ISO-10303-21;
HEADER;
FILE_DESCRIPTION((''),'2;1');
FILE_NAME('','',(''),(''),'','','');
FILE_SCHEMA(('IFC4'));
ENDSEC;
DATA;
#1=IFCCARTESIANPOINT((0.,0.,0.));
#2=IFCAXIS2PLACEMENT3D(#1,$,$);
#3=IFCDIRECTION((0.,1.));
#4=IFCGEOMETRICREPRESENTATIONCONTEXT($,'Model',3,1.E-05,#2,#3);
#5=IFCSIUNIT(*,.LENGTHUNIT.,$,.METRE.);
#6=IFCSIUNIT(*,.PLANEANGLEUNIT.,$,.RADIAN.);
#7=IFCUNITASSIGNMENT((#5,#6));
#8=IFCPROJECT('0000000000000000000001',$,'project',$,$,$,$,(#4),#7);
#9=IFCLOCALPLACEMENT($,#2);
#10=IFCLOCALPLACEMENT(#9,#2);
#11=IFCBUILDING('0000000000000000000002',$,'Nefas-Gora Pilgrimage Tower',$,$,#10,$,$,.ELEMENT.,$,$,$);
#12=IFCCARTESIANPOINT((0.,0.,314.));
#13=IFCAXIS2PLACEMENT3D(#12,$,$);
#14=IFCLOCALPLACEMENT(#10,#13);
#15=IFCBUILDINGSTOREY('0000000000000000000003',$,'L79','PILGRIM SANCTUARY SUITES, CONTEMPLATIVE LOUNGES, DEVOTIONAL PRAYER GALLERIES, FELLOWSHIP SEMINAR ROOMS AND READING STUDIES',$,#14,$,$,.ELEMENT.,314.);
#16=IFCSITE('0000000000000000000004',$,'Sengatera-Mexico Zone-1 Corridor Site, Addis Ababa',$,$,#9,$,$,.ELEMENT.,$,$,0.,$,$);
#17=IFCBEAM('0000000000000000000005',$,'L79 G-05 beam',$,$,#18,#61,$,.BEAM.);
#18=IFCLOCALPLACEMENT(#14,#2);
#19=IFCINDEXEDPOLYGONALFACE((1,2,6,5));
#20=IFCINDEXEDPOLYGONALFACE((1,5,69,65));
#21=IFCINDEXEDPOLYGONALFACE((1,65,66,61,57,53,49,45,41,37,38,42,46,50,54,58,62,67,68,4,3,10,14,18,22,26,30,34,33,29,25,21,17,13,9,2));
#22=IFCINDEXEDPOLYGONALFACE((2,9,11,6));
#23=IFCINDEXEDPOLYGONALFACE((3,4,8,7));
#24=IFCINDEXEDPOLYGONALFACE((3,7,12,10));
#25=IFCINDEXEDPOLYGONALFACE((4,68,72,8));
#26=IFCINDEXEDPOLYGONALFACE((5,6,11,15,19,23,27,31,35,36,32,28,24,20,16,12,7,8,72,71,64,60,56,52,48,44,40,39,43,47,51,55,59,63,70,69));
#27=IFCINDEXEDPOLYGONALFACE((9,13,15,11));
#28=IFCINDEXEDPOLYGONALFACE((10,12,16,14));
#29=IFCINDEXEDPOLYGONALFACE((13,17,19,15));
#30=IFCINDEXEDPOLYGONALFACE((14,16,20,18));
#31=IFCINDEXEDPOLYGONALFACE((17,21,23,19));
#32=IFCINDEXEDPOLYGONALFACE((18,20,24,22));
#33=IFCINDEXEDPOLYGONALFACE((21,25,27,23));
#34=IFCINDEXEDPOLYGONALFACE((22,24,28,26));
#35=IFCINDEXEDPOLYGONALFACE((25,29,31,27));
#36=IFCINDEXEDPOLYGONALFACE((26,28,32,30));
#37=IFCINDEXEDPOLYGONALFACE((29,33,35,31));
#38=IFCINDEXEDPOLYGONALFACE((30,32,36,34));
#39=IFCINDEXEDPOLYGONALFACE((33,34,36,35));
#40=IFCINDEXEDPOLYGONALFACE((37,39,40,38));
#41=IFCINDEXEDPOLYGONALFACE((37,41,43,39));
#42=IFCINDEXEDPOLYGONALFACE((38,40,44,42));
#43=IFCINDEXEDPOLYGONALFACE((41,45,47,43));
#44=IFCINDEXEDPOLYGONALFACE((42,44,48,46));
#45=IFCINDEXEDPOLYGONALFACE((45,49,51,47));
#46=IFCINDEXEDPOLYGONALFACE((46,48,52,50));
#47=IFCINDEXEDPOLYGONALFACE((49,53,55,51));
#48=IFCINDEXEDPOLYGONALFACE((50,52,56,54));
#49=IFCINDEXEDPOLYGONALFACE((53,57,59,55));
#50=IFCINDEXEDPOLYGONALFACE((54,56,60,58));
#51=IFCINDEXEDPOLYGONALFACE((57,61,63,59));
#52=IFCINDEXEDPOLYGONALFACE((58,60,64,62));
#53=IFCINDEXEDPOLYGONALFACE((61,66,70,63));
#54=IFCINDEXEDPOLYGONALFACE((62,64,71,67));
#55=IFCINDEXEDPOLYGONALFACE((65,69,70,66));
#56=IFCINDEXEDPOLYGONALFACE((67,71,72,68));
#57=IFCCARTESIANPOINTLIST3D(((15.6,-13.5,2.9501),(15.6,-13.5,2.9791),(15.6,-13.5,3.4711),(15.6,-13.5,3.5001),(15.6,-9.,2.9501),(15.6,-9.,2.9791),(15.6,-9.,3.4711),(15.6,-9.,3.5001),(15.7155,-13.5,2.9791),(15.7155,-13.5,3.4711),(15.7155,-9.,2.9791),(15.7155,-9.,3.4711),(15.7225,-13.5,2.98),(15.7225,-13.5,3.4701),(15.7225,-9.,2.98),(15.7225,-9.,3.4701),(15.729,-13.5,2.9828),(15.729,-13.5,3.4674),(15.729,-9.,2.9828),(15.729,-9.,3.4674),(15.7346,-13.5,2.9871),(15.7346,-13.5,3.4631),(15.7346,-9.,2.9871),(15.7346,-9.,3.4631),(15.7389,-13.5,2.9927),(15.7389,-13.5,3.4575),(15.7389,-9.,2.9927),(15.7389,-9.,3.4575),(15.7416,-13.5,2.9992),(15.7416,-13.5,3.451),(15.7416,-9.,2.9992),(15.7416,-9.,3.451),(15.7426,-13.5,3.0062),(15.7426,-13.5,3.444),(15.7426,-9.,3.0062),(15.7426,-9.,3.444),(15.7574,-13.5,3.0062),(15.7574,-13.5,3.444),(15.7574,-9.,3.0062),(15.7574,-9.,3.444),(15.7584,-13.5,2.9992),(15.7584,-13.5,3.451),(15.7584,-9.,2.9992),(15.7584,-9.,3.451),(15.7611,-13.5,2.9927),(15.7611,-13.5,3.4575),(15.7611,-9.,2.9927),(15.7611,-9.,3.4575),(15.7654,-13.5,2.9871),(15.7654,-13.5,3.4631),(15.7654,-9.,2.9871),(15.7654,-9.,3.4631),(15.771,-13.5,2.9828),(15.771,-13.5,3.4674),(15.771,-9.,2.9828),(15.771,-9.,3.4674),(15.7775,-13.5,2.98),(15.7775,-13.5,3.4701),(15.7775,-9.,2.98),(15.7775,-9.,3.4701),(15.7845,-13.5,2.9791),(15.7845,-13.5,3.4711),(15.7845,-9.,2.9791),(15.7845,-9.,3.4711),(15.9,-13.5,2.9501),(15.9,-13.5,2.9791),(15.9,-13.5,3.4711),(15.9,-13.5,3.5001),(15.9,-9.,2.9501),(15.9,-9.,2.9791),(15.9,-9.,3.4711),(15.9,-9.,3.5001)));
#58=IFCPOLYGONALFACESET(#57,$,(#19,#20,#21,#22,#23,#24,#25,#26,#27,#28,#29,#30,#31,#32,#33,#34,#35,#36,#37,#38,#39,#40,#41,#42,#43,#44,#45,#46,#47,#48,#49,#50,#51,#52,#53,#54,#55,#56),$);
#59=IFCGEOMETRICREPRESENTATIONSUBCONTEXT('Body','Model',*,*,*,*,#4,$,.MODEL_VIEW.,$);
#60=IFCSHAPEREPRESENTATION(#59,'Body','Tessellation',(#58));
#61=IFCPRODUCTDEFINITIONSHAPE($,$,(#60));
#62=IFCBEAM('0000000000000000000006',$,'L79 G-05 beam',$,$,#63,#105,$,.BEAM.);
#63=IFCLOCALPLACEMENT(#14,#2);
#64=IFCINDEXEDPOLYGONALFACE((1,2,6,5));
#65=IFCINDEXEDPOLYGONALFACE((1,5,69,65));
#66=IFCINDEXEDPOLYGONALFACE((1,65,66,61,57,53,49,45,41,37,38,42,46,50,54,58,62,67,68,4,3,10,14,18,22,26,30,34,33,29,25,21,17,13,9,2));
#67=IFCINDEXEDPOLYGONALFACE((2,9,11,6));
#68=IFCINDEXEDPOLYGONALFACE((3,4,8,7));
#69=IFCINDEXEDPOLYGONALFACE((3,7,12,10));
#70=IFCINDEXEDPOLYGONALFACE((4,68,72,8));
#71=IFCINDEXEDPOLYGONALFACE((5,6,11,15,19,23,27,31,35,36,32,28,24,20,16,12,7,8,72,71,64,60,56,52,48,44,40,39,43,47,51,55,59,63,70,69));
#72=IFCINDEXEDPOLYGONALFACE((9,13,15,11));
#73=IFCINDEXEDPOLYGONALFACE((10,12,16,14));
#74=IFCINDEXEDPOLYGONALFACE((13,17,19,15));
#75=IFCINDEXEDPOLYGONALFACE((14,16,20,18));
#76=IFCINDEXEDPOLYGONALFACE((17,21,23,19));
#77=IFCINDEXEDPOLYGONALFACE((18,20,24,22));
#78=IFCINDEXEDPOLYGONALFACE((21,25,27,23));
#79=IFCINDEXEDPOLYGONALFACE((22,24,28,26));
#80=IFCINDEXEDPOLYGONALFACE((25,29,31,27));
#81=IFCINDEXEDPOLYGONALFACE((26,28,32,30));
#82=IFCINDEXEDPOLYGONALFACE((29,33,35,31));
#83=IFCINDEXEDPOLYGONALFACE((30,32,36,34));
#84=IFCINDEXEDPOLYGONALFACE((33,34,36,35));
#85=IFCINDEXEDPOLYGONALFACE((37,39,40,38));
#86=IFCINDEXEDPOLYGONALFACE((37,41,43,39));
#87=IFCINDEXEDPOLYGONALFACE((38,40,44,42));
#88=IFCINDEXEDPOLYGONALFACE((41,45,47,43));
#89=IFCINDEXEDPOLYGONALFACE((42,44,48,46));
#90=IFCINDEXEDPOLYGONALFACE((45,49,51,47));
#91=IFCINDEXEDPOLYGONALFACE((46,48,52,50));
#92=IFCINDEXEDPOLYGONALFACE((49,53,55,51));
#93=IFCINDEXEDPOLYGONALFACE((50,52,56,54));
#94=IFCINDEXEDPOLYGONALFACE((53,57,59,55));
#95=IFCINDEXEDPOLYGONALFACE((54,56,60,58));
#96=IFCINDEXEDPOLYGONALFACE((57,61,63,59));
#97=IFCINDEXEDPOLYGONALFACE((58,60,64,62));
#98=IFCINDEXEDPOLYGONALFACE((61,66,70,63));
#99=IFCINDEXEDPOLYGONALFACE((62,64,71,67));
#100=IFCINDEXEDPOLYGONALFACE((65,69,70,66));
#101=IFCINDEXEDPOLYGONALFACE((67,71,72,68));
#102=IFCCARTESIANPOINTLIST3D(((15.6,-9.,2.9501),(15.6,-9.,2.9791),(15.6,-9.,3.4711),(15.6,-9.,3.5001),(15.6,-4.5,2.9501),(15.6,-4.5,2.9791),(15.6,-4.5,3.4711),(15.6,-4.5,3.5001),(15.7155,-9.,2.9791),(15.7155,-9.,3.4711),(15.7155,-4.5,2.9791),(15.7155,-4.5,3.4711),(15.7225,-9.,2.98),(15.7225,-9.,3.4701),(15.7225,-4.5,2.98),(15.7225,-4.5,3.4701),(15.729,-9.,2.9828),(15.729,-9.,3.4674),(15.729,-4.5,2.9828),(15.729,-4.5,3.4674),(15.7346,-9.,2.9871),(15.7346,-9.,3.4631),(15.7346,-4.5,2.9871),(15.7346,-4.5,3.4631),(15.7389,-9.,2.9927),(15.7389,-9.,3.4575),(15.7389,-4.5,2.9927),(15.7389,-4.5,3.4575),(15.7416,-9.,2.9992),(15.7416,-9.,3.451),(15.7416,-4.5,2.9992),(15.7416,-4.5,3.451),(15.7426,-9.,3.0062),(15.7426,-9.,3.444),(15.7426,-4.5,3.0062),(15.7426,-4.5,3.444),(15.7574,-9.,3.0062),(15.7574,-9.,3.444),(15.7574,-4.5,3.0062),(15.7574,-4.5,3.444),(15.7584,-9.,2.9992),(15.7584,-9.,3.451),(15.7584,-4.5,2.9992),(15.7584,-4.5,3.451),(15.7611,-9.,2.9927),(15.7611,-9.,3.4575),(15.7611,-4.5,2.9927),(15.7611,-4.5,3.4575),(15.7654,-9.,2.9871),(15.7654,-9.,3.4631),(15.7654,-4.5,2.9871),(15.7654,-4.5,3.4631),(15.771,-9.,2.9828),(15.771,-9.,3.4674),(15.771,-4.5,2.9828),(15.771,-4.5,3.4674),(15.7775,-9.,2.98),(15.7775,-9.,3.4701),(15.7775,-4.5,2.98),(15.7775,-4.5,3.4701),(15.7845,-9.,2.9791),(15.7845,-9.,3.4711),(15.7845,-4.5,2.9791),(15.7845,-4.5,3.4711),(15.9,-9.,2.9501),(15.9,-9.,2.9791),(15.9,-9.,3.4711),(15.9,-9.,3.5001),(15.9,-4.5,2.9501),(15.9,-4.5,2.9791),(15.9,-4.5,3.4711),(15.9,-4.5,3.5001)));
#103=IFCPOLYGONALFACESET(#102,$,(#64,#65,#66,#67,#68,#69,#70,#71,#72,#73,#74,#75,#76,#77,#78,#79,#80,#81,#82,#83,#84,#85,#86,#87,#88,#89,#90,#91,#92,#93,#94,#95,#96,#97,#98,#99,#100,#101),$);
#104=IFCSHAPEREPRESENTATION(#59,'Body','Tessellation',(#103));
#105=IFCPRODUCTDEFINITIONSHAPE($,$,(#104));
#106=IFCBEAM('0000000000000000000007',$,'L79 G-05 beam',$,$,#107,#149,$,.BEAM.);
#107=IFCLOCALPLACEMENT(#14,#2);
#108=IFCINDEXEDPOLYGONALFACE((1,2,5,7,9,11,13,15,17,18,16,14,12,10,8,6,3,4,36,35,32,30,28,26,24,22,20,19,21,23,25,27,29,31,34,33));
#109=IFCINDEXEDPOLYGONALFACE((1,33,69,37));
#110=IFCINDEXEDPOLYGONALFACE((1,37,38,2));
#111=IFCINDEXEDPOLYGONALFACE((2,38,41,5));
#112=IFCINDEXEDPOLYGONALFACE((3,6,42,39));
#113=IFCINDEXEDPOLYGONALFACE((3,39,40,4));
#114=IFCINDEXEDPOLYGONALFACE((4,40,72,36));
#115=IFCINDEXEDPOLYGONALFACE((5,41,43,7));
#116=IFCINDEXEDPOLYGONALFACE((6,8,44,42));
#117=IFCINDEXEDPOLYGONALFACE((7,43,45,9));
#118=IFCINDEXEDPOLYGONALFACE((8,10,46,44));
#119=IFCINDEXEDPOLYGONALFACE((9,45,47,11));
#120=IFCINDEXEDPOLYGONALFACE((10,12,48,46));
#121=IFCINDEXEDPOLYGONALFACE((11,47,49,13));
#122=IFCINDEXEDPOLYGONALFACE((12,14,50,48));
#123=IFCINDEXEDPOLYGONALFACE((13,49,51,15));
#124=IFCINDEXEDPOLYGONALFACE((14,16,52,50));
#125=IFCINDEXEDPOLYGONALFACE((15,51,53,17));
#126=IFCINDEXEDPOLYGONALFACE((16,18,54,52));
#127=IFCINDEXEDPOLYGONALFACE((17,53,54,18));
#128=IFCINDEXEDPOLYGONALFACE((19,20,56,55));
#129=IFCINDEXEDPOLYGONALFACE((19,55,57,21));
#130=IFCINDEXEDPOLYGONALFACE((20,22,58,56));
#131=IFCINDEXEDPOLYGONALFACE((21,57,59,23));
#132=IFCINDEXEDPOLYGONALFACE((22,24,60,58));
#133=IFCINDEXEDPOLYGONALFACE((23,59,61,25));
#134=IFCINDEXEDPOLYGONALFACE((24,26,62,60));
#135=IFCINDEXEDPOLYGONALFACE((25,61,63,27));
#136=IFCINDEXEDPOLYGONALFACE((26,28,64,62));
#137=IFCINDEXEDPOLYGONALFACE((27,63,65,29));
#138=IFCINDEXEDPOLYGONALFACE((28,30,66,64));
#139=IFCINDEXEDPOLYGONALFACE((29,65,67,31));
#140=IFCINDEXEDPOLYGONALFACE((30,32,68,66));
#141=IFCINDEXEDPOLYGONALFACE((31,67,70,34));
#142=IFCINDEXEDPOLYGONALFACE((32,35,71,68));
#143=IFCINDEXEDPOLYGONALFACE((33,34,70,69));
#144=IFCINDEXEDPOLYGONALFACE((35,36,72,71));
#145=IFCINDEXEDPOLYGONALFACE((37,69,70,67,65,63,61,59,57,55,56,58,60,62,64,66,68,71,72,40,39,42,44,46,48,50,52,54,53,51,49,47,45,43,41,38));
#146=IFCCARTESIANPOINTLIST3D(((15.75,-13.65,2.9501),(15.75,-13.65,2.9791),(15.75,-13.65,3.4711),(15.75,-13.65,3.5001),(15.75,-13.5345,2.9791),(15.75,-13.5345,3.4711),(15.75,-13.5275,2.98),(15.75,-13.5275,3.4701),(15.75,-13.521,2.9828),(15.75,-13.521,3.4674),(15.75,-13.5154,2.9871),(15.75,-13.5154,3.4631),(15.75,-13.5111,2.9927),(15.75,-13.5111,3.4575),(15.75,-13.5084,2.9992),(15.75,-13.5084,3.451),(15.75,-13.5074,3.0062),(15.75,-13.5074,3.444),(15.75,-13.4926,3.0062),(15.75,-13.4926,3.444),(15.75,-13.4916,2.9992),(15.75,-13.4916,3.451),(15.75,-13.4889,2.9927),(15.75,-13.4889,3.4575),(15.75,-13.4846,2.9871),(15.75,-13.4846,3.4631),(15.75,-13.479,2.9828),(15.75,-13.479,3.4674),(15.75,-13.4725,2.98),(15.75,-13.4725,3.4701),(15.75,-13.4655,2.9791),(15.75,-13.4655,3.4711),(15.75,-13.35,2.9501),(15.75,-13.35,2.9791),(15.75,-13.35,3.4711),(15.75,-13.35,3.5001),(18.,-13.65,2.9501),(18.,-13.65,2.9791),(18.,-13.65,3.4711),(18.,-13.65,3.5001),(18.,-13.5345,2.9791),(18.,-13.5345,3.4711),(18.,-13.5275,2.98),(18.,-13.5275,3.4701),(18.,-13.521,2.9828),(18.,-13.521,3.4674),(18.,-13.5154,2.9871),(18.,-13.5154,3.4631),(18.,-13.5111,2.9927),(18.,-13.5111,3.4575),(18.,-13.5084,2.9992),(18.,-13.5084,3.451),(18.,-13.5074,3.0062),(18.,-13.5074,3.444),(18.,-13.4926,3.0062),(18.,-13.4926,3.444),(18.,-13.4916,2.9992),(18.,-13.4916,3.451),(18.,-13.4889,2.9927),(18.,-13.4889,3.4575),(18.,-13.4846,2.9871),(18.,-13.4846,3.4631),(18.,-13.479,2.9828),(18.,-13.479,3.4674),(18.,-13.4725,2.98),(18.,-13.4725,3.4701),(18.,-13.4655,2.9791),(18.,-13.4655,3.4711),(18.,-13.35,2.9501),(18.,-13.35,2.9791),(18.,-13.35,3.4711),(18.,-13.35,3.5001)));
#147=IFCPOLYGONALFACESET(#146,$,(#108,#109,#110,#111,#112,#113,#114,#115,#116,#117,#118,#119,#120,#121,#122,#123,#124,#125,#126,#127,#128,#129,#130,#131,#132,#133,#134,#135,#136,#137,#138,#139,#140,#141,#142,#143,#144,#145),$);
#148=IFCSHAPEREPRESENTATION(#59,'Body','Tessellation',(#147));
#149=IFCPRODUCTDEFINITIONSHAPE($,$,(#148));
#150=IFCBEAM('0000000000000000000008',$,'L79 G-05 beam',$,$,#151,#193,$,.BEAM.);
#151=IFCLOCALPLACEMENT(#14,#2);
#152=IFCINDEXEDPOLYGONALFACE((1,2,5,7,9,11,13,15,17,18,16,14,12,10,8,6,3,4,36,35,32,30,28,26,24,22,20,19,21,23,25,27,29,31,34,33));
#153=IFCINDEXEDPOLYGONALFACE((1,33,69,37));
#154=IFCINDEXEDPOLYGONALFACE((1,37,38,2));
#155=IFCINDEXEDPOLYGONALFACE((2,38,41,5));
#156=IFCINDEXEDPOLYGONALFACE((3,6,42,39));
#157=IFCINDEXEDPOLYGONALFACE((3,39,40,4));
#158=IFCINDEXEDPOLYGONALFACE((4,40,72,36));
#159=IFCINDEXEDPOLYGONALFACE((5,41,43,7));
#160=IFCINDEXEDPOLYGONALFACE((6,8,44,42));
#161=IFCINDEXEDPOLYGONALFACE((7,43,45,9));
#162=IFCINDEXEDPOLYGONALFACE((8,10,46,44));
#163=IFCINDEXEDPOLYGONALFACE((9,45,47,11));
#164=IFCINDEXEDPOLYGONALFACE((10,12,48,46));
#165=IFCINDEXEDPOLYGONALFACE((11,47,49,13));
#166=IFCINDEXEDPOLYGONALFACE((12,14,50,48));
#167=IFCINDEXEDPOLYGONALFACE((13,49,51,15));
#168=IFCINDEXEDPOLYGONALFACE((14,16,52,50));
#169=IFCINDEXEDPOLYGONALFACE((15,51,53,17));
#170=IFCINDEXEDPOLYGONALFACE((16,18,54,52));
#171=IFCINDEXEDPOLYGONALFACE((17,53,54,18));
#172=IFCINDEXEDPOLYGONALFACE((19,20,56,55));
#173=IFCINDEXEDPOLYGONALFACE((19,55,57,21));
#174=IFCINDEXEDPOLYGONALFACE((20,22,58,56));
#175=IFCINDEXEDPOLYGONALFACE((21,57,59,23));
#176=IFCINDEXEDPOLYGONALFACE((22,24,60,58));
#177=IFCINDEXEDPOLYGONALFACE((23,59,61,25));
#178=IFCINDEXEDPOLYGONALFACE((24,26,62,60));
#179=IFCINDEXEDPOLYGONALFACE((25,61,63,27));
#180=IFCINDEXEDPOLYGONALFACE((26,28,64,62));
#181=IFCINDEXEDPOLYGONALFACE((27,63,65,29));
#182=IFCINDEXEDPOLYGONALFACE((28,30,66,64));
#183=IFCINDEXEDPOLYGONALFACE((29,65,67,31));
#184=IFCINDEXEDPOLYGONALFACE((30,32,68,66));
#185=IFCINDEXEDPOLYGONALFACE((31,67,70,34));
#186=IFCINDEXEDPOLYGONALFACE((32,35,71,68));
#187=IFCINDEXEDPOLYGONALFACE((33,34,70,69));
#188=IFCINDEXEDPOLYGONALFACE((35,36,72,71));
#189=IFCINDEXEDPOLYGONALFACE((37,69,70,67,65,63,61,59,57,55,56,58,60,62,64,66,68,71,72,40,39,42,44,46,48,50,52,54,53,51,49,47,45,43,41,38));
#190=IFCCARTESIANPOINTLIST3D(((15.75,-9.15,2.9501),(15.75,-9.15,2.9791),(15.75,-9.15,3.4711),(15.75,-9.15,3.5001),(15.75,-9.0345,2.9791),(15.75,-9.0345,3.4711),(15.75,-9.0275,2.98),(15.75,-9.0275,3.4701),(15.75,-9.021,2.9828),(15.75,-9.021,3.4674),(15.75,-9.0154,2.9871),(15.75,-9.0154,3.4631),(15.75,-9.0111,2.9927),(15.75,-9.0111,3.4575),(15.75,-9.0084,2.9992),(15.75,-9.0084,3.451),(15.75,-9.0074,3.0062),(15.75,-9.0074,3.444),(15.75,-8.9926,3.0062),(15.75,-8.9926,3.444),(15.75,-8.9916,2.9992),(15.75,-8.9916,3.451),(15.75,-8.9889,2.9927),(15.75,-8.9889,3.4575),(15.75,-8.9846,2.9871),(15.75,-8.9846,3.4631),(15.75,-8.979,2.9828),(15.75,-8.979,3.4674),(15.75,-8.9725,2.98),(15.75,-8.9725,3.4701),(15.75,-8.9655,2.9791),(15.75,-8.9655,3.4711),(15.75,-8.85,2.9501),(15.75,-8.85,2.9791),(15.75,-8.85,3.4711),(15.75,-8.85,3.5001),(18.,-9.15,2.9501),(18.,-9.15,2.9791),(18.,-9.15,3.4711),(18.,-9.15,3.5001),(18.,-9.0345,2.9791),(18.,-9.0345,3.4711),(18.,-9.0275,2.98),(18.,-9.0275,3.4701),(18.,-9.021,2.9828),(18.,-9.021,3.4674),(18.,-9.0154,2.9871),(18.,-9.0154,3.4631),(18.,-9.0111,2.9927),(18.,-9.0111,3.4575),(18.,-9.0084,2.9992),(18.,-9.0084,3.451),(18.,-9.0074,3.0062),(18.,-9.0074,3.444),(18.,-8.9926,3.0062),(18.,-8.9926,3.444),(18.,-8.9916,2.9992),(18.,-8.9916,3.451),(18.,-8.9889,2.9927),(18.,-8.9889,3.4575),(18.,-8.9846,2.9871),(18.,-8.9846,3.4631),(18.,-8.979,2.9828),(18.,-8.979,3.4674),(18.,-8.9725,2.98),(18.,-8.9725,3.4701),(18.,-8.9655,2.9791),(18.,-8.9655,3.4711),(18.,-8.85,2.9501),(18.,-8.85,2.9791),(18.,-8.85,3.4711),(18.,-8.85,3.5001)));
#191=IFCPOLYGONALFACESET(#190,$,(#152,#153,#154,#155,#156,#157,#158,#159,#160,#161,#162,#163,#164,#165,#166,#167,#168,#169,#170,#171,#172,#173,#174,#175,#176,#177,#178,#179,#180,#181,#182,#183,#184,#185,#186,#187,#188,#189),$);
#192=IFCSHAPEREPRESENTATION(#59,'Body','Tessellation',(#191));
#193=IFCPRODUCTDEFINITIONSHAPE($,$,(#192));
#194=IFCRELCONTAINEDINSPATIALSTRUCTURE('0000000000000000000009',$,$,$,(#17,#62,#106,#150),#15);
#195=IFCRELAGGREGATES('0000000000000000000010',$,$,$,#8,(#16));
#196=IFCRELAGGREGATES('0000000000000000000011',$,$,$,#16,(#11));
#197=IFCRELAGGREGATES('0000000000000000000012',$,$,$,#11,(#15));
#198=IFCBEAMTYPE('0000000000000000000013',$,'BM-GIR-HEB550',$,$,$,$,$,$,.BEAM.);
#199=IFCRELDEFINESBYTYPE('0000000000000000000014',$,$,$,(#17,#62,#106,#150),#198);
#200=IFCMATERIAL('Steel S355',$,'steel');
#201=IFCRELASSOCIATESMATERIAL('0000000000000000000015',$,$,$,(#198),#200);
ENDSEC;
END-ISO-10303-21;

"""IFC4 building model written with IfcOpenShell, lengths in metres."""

from ifc_helpers import new_model, si_unit, direction, frame, origin, origin_2d, place, context, subcontext, project, spatial, i_section, extrude, source, transform, mapped, material, material_profile, profile_set, type_object, element, save


model = new_model("IFC4")

# Units and contexts
model_context = context("Model", 3, precision=1e-05, world=origin(), true_north=direction((0.0, 1.0)))
body_context = subcontext(model_context, "Body", "Model", "MODEL_VIEW")
ifc_project = project(units=[si_unit("LENGTHUNIT", "METRE"), si_unit("PLANEANGLEUNIT", "RADIAN")], contexts=[model_context])

# Site, building, storey
site_placement = place(None, origin())
site = spatial("IfcSite", under=ifc_project, at=site_placement, Name="Sengatera-Mexico Zone-1 Corridor Site, Addis Ababa", CompositionType="ELEMENT", RefElevation=0.0)
building_placement = place(site_placement, origin())
building = spatial("IfcBuilding", under=site, at=building_placement, Name="Nefas-Gora Pilgrimage Tower", CompositionType="ELEMENT")
storey_placement = place(building_placement, frame((0.0, 0.0, 314.0)))
storey = spatial("IfcBuildingStorey", under=building, at=storey_placement, Name="L79", Description="PILGRIM SANCTUARY SUITES, CONTEMPLATIVE LOUNGES, DEVOTIONAL PRAYER GALLERIES, FELLOWSHIP SEMINAR ROOMS AND READING STUDIES", CompositionType="ELEMENT", Elevation=314.0)

# Shared definitions
ifc_material_1 = material(Name="Steel S355", Category="steel")

# Beams
ifc_material_profile_1 = material_profile(ifc_material_1, i_section(OverallWidth=0.3, OverallDepth=0.55, WebThickness=0.0149, FlangeThickness=0.0291, FilletRadius=0.0271, at=origin_2d()), Name="HEB 550")
ifc_profile_set_1 = profile_set([ifc_material_profile_1], Name="Steel S355")
beam_type_1 = type_object("IfcBeamType", Name="BM-GIR-HEB550", PredefinedType="BEAM", material=ifc_profile_set_1)
shared_shape_1 = source(origin(), body_context, "Body", "SweptSolid", [
    extrude(i_section(OverallWidth=0.3, OverallDepth=0.55, WebThickness=0.0149, FlangeThickness=0.0291, FilletRadius=0.0271, at=origin_2d()), origin(), (0.0, 0.0, 1.0), 4.5),
])
for number, where, z_axis, x_axis, name in (
    (1, (15.75, -13.5, 3.2251), (0.0, 1.0, 0.0), (-1.0, 0.0, 0.0), "L79 G-05 beam"),
    (2, (15.75, -9.0, 3.2251), (0.0, 1.0, 0.0), (-1.0, 0.0, 0.0), "L79 G-05 beam"),
):
    element("IfcBeam", number, at=place(storey_placement, frame(where, z_axis=z_axis, x_axis=x_axis)), inside=storey, type_object=beam_type_1, Name=name, PredefinedType="BEAM", context=body_context, shape_type="MappedRepresentation", body=[
        mapped(shared_shape_1, transform((0.0, 0.0, 0.0), x_axis=(1.0, 0.0, 0.0), y_axis=(0.0, 1.0, 0.0), z_axis=(0.0, 0.0, 1.0), scale=1.0)),
    ])
shared_shape_2 = source(origin(), body_context, "Body", "SweptSolid", [
    extrude(i_section(OverallWidth=0.3, OverallDepth=0.55, WebThickness=0.0149, FlangeThickness=0.0291, FilletRadius=0.0271, at=origin_2d()), origin(), (0.0, 0.0, 1.0), 2.25),
])
for number, where, z_axis, x_axis, name in (
    (3, (15.75, -13.5, 3.2251), (1.0, 0.0, 0.0), (0.0, 1.0, 0.0), "L79 G-05 beam"),
    (4, (15.75, -9.0, 3.2251), (1.0, 0.0, 0.0), (0.0, 1.0, 0.0), "L79 G-05 beam"),
):
    element("IfcBeam", number, at=place(storey_placement, frame(where, z_axis=z_axis, x_axis=x_axis)), inside=storey, type_object=beam_type_1, Name=name, PredefinedType="BEAM", context=body_context, shape_type="MappedRepresentation", body=[
        mapped(shared_shape_2, transform((0.0, 0.0, 0.0), x_axis=(1.0, 0.0, 0.0), y_axis=(0.0, 1.0, 0.0), z_axis=(0.0, 0.0, 1.0), scale=1.0)),
    ])

save(model, "model.ifc")
